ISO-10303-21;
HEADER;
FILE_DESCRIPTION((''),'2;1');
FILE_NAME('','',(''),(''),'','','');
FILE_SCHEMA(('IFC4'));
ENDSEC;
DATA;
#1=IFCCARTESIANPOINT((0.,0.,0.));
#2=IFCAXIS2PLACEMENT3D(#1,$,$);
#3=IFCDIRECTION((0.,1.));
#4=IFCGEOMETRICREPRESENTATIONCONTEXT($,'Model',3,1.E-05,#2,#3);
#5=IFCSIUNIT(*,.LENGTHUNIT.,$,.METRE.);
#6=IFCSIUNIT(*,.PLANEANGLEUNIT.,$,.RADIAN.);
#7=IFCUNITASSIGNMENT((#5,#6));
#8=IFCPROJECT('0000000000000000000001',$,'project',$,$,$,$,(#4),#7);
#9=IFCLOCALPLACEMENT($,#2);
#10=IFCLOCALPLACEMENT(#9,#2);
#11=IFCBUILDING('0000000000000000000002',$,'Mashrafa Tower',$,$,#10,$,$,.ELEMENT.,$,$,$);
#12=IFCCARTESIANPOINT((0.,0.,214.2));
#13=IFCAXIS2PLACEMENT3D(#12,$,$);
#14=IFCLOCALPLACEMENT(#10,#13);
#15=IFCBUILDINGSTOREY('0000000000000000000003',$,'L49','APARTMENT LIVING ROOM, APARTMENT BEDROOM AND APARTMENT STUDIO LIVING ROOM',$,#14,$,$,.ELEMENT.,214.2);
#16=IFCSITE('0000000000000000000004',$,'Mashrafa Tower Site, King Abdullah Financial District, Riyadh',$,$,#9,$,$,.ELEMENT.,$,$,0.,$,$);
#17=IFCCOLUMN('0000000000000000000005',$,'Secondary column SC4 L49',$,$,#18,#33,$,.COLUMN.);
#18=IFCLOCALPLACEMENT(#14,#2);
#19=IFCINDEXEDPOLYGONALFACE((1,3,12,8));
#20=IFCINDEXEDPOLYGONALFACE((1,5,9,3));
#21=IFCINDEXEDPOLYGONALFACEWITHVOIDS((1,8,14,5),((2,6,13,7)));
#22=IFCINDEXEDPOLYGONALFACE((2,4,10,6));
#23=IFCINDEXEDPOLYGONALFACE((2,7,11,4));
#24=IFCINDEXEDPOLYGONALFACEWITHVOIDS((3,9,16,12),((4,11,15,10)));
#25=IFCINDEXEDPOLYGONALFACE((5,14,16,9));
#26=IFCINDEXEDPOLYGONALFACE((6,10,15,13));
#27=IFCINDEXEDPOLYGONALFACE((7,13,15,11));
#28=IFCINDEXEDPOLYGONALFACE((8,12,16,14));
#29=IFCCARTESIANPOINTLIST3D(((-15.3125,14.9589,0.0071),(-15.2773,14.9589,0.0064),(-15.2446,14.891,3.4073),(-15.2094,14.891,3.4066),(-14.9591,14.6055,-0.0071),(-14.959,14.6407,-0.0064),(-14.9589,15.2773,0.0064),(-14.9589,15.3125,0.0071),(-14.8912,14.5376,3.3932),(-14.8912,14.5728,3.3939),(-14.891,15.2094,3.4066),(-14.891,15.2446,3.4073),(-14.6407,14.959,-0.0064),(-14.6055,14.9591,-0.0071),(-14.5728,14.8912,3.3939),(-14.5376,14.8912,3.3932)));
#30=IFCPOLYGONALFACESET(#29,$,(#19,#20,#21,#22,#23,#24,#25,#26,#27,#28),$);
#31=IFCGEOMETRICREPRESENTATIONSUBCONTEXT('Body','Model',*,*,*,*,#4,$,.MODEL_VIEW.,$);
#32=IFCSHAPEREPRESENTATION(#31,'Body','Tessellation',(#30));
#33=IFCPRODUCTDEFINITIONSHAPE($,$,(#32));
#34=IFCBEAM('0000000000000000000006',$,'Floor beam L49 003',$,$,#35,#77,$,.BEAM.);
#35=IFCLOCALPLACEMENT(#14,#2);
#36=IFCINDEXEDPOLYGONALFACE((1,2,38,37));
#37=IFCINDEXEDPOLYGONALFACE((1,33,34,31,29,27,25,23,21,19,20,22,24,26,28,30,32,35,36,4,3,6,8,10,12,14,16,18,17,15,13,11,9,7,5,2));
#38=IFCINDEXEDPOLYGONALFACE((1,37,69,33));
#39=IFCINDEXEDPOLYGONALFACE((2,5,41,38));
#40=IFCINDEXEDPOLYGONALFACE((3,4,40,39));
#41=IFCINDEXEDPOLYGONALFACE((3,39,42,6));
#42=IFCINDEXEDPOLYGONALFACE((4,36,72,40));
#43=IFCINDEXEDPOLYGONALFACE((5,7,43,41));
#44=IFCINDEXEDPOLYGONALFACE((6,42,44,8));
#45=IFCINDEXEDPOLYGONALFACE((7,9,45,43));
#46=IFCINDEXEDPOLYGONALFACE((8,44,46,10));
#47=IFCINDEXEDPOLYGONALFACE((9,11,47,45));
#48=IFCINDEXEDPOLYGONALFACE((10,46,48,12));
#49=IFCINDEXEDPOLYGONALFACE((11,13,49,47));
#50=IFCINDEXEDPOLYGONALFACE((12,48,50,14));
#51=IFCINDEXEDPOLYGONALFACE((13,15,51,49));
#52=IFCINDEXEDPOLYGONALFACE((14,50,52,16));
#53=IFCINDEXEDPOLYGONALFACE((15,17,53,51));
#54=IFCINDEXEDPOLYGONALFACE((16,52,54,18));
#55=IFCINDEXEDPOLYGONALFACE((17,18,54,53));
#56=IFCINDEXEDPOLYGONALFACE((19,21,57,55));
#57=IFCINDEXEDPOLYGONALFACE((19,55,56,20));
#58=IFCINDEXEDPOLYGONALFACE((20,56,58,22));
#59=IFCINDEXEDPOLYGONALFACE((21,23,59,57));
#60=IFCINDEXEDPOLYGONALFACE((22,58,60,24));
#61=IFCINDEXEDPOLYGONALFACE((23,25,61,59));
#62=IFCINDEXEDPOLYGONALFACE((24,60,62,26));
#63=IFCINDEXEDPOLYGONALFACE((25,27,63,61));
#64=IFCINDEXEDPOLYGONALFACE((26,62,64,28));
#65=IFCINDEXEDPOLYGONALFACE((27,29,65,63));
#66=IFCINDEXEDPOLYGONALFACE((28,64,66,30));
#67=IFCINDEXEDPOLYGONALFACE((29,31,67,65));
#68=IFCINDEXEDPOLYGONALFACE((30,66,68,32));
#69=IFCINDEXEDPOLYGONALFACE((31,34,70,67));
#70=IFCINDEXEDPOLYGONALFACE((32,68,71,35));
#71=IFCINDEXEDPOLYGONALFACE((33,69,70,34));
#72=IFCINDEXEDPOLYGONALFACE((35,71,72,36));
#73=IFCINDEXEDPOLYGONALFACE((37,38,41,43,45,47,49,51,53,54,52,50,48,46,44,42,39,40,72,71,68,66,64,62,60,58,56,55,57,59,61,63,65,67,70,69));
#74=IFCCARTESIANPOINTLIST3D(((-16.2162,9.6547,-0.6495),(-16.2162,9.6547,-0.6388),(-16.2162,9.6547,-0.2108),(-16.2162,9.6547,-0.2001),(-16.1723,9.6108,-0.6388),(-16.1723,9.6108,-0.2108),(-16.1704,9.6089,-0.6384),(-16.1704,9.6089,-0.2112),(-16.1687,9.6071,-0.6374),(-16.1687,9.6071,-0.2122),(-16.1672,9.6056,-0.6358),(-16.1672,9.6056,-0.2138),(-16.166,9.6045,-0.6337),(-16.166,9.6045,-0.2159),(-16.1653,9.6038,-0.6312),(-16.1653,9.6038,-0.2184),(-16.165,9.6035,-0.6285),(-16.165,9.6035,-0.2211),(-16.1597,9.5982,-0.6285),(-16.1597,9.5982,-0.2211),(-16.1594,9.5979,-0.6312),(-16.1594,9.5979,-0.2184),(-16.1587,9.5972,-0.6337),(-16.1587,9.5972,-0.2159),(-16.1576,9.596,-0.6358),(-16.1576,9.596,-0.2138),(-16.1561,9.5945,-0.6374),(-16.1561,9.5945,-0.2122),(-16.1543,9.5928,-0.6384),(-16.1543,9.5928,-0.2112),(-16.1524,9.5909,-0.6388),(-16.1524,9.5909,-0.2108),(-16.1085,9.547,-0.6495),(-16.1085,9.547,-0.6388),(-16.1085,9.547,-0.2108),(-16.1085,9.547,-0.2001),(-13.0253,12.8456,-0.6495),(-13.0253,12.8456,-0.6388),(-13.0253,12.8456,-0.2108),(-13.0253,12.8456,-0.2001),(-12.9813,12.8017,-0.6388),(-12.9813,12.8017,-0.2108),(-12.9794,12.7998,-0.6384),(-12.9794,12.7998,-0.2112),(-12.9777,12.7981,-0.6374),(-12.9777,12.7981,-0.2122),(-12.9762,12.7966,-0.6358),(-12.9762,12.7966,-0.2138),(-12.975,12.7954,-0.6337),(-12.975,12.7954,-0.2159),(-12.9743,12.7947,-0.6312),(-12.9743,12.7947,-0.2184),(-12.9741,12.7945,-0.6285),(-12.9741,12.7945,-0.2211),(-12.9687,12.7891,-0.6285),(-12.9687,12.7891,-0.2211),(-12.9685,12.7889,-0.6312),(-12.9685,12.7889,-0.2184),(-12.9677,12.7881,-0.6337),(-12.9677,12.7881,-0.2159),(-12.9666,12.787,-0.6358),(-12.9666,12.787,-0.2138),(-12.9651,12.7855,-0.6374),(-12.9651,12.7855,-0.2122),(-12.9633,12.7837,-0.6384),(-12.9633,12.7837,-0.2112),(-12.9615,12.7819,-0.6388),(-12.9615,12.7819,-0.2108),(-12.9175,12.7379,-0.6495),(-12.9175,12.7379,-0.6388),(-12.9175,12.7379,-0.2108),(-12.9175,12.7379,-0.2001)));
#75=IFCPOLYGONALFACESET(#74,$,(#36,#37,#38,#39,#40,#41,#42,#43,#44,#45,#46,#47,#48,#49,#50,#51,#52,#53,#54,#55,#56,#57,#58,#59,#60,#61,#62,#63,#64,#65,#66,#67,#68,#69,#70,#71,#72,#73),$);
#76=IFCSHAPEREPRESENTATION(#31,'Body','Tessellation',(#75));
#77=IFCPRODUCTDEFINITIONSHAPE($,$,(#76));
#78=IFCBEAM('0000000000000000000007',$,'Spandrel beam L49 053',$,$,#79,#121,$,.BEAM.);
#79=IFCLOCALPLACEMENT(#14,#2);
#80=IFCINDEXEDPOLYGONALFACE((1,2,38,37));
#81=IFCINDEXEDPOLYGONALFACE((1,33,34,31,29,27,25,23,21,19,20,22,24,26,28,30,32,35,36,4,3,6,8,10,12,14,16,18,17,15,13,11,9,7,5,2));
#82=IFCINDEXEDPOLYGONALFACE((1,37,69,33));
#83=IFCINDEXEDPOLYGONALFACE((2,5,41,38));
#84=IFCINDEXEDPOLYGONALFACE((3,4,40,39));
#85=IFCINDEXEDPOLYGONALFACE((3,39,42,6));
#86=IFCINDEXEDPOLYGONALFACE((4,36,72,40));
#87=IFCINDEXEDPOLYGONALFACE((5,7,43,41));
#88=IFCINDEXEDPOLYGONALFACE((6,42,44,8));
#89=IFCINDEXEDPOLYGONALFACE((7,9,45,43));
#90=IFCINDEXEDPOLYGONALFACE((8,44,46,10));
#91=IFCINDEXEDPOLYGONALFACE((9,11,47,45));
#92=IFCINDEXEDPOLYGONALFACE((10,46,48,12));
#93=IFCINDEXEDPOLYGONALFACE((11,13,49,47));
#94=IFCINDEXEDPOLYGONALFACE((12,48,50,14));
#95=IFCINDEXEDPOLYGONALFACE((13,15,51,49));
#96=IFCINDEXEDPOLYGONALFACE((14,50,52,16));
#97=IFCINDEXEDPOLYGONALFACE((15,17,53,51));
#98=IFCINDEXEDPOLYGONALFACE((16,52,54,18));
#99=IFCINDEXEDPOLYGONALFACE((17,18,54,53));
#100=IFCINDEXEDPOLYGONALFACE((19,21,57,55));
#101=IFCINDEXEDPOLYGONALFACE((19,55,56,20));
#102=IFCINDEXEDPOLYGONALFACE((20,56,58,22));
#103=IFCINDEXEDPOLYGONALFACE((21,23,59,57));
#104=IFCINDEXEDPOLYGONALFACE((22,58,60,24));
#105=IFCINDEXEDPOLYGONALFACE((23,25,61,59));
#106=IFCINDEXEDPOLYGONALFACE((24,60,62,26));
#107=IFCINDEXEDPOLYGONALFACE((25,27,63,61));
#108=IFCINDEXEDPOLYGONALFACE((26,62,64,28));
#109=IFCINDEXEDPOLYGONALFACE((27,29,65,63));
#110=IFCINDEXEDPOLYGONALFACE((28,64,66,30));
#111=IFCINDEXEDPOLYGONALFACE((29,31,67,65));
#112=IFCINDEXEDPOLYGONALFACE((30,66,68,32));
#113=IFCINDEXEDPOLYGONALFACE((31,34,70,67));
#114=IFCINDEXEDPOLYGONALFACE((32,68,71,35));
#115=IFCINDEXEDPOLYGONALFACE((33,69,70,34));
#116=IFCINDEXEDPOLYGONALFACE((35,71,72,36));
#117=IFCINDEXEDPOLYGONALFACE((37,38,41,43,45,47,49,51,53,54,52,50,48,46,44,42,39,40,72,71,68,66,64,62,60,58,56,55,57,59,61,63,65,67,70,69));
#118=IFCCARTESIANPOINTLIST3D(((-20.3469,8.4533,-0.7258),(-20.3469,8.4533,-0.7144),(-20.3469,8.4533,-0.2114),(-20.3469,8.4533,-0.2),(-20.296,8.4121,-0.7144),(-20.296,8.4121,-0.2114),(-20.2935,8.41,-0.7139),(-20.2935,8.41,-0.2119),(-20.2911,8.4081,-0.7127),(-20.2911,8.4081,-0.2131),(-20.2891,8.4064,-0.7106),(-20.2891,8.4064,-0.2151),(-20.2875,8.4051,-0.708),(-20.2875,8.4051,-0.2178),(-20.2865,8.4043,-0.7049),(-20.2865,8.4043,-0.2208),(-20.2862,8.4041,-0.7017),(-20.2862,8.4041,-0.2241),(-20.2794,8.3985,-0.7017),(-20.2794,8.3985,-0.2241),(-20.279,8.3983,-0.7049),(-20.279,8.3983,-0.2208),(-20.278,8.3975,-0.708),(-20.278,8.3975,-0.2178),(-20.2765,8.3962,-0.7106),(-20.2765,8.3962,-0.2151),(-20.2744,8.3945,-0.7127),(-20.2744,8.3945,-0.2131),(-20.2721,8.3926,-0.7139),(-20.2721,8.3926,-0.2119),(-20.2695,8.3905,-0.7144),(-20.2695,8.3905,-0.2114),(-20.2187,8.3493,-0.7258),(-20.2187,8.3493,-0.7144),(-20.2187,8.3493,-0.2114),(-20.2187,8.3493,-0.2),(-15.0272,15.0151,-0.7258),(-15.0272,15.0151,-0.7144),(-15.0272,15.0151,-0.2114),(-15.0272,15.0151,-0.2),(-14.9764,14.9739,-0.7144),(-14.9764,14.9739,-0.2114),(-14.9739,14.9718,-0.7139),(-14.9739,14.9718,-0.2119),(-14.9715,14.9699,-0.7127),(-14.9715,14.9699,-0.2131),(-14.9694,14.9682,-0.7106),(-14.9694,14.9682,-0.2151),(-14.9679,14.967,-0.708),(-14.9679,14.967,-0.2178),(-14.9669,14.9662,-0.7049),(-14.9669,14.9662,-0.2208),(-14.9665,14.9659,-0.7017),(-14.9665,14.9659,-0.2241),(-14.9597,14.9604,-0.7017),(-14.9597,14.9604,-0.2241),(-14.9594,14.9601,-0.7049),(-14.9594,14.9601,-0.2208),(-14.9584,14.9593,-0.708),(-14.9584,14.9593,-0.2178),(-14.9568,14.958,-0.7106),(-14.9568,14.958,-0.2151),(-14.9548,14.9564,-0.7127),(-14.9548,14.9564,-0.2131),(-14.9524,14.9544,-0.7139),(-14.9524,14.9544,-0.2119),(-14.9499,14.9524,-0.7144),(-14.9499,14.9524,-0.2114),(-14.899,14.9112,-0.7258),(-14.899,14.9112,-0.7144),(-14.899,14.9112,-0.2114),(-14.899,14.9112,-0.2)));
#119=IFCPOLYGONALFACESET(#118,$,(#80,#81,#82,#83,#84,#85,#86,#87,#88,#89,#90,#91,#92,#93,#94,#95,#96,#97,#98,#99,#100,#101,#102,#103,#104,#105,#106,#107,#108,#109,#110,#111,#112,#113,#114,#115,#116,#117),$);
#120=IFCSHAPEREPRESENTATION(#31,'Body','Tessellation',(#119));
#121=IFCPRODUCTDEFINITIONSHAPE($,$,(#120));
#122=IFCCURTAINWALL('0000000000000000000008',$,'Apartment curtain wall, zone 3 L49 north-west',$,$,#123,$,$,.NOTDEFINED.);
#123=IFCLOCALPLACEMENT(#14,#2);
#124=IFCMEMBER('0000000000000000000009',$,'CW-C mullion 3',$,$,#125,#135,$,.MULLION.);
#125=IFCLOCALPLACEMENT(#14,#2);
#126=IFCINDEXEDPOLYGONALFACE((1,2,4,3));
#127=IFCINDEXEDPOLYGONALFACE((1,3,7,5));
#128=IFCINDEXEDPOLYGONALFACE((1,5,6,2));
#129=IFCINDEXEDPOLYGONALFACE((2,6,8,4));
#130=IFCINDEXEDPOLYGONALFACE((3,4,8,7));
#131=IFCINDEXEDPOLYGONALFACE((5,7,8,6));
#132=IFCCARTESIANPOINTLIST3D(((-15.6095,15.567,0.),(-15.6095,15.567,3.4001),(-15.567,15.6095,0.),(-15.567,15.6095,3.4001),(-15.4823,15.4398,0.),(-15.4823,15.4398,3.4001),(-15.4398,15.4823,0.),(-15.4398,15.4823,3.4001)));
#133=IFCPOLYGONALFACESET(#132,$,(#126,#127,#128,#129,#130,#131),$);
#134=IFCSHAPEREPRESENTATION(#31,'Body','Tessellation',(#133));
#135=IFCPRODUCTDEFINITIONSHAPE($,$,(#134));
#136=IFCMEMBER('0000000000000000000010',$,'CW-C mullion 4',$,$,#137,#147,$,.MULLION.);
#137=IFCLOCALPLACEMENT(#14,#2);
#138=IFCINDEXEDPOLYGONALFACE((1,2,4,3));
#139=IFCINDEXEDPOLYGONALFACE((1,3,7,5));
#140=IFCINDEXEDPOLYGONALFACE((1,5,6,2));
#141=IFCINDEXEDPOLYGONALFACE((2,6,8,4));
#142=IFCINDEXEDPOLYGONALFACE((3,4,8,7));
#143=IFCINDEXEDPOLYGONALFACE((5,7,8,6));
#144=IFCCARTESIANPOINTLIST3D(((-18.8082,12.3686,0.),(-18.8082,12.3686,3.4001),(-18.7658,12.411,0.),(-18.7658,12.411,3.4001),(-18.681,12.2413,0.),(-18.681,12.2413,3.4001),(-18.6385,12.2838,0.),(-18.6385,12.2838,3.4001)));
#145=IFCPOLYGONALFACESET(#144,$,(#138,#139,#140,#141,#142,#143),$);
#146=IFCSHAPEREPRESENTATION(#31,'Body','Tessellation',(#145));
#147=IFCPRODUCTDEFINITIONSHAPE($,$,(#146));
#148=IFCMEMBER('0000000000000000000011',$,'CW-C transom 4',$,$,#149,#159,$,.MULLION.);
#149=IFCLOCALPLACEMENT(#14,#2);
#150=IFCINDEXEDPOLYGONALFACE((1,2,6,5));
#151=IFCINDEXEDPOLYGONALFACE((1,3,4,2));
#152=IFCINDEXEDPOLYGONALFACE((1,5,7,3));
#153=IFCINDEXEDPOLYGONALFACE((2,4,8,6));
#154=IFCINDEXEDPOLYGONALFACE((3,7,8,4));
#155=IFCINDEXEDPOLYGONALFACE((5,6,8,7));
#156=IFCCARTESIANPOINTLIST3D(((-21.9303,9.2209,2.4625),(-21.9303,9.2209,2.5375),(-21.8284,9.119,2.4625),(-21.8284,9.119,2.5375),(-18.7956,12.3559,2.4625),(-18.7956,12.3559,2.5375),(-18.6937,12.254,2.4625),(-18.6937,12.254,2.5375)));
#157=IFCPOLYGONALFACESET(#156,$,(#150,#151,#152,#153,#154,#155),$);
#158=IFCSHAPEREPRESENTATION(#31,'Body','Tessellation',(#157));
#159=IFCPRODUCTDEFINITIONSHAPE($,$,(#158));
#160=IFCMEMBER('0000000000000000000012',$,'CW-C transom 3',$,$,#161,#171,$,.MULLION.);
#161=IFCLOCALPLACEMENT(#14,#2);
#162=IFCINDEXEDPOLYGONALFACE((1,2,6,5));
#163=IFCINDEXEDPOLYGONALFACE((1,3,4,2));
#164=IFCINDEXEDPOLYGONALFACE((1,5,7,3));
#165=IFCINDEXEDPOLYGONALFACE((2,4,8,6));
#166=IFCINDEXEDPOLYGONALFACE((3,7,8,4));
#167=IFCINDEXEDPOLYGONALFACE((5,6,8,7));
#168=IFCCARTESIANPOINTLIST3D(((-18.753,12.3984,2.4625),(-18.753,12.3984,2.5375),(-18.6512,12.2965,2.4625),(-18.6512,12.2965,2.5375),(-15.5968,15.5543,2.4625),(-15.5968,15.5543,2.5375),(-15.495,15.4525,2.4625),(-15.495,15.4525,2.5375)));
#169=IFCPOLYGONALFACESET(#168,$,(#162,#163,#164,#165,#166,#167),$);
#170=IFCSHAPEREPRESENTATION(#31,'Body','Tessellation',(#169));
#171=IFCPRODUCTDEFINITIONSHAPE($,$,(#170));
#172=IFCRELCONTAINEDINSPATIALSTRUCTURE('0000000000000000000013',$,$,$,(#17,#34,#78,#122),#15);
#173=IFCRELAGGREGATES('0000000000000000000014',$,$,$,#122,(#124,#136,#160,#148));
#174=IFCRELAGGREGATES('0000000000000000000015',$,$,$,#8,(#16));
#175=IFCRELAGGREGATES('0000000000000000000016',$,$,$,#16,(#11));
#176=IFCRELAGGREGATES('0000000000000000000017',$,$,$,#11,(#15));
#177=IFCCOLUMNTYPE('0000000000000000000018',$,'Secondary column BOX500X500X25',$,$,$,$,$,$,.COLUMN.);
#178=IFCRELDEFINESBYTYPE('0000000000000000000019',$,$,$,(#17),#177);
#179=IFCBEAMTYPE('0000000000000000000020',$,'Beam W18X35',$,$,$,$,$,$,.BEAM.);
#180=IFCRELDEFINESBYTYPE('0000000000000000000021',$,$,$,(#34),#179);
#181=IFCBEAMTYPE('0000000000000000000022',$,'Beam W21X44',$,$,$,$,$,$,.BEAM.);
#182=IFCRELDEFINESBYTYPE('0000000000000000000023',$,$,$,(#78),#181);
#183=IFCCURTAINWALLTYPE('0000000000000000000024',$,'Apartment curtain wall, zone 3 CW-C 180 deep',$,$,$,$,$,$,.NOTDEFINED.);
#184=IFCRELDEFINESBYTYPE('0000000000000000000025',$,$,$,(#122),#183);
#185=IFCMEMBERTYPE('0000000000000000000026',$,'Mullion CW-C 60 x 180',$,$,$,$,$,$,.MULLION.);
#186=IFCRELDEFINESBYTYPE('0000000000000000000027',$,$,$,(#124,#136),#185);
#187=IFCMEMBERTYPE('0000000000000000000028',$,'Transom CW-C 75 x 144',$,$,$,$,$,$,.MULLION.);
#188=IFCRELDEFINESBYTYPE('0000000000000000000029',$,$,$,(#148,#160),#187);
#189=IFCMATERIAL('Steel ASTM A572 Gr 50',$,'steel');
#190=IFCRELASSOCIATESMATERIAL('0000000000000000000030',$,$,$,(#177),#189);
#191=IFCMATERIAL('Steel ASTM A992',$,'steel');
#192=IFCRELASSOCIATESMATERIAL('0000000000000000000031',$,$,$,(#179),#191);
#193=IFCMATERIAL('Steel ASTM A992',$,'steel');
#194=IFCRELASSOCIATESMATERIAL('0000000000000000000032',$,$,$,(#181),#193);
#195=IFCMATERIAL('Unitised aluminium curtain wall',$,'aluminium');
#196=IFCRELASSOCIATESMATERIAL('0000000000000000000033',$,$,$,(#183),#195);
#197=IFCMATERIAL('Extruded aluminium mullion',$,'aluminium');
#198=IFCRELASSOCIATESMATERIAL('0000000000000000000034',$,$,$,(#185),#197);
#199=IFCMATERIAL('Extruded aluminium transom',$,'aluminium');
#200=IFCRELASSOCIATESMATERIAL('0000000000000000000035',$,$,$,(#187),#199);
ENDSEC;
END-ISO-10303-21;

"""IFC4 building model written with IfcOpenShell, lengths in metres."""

from ifc_helpers import new_model, si_unit, direction, frame, origin, origin_2d, place, context, subcontext, project, spatial, rectangle, hollow_rectangle, i_section, extrude, source, transform, mapped, material, material_profile, profile_set, type_object, type_shapes, element, aggregate, save


model = new_model("IFC4")

# Units and contexts
model_context = context("Model", 3, precision=1e-05, world=origin(), true_north=direction((0.0, 1.0)))
body_context = subcontext(model_context, "Body", "Model", "MODEL_VIEW")
ifc_project = project(units=[si_unit("LENGTHUNIT", "METRE"), si_unit("PLANEANGLEUNIT", "RADIAN")], contexts=[model_context])

# Site, building, storey
site_placement = place(None, origin())
site = spatial("IfcSite", under=ifc_project, at=site_placement, Name="Mashrafa Tower Site, King Abdullah Financial District, Riyadh", CompositionType="ELEMENT", RefElevation=0.0)
building_placement = place(site_placement, origin())
building = spatial("IfcBuilding", under=site, at=building_placement, Name="Mashrafa Tower", CompositionType="ELEMENT")
storey_placement = place(building_placement, frame((0.0, 0.0, 214.2)))
storey = spatial("IfcBuildingStorey", under=building, at=storey_placement, Name="L49", Description="APARTMENT LIVING ROOM, APARTMENT BEDROOM AND APARTMENT STUDIO LIVING ROOM", CompositionType="ELEMENT", Elevation=214.2)

# Column
ifc_material_1 = material(Name="Steel ASTM A572 Gr 50", Category="steel")
ifc_material_profile_1 = material_profile(ifc_material_1, hollow_rectangle(XDim=0.5, YDim=0.5, WallThickness=0.0249, at=origin_2d()), Name="BOX500X500X25")
ifc_profile_set_1 = profile_set([ifc_material_profile_1], Name="Steel ASTM A572 Gr 50")
column_type = type_object("IfcColumnType", Name="Secondary column BOX500X500X25", PredefinedType="COLUMN", material=ifc_profile_set_1)
column_placement = place(storey_placement, frame((-14.959, 14.959, 0.0), z_axis=(0.019953, -0.019953, 0.999602), x_axis=(0.707107, 0.707107, 0.0)))
element("IfcColumn", 1, at=column_placement, inside=storey, type_object=column_type, Name="Secondary column SC4 L49", PredefinedType="COLUMN", context=body_context, shape_type="SweptSolid", body=[
    extrude(hollow_rectangle(XDim=0.5, YDim=0.5, WallThickness=0.0249, at=origin_2d()), origin(), (0.0, 0.0, 1.0), 3.4016),
])

# Beams
ifc_material_2 = material(Name="Steel ASTM A992", Category="steel")
ifc_material_profile_2 = material_profile(ifc_material_2, i_section(OverallWidth=0.1523, OverallDepth=0.4495, WebThickness=0.0076, FlangeThickness=0.0107, FilletRadius=0.0103, at=origin_2d()), Name="W18X35")
ifc_profile_set_2 = profile_set([ifc_material_profile_2], Name="Steel ASTM A992")
beam_type_1 = type_object("IfcBeamType", Name="Beam W18X35", PredefinedType="BEAM", material=ifc_profile_set_2)
beam_1_placement = place(storey_placement, frame((-16.1624, 9.6008, -0.4248), z_axis=(0.707107, 0.707107, 0.0), x_axis=(-0.707107, 0.707107, 0.0)))
element("IfcBeam", 2, at=beam_1_placement, inside=storey, type_object=beam_type_1, Name="Floor beam L49 003", PredefinedType="BEAM", context=body_context, shape_type="SweptSolid", body=[
    extrude(i_section(OverallWidth=0.1523, OverallDepth=0.4495, WebThickness=0.0076, FlangeThickness=0.0107, FilletRadius=0.0103, at=origin_2d()), origin(), (0.0, 0.0, 1.0), 4.5127),
])
ifc_material_3 = material(Name="Steel ASTM A992", Category="steel")
ifc_material_profile_3 = material_profile(ifc_material_3, i_section(OverallWidth=0.165, OverallDepth=0.5259, WebThickness=0.0088, FlangeThickness=0.0115, FilletRadius=0.0127, at=origin_2d()), Name="W21X44")
ifc_profile_set_3 = profile_set([ifc_material_profile_3], Name="Steel ASTM A992")
beam_type_2 = type_object("IfcBeamType", Name="Beam W21X44", PredefinedType="BEAM", material=ifc_profile_set_3)
beam_2_placement = place(storey_placement, frame((-14.9631, 14.9631, -0.4629), z_axis=(-0.629747, -0.7768, 0.0), x_axis=(0.7768, -0.629747, 0.0)))
element("IfcBeam", 3, at=beam_2_placement, inside=storey, type_object=beam_type_2, Name="Spandrel beam L49 053", PredefinedType="BEAM", context=body_context, shape_type="SweptSolid", body=[
    extrude(i_section(OverallWidth=0.165, OverallDepth=0.5259, WebThickness=0.0088, FlangeThickness=0.0115, FilletRadius=0.0127, at=origin_2d()), origin(), (0.0, 0.0, 1.0), 8.4473),
])

# Curtain wall, members
ifc_material_4 = material(Name="Unitised aluminium curtain wall", Category="aluminium")
curtain_wall_type = type_object("IfcCurtainWallType", Name="Apartment curtain wall, zone 3 CW-C 180 deep", PredefinedType="NOTDEFINED", material=ifc_material_4)
curtain_wall_placement = place(storey_placement, origin())
curtain_wall = element("IfcCurtainWall", 4, at=curtain_wall_placement, inside=storey, type_object=curtain_wall_type, Name="Apartment curtain wall, zone 3 L49 north-west", PredefinedType="NOTDEFINED")
ifc_material_5 = material(Name="Extruded aluminium mullion", Category="aluminium")
ifc_material_profile_4 = material_profile(ifc_material_5, rectangle(XDim=0.1799, YDim=0.0601, at=origin_2d()), Name="Mullion 60x180")
ifc_profile_set_4 = profile_set([ifc_material_profile_4], Name="Extruded aluminium mullion")
member_type_1 = type_object("IfcMemberType", Name="Mullion CW-C 60 x 180", PredefinedType="MULLION", material=ifc_profile_set_4)
shared_shape_1 = source(origin(), body_context, "Body", "SweptSolid", [
    extrude(rectangle(XDim=0.1799, YDim=0.0601, at=origin_2d()), origin(), (0.0, 0.0, 1.0), 3.4001),
])
type_shapes(member_type_1, [shared_shape_1])
member_1_placement = place(storey_placement, frame((-15.5247, 15.5247, 0.0), z_axis=(0.0, 0.0, 1.0), x_axis=(0.707107, -0.707107, 0.0)))
member_1 = element("IfcMember", 5, at=member_1_placement, type_object=member_type_1, Name="CW-C mullion 3", PredefinedType="MULLION", context=body_context, shape_type="MappedRepresentation", body=[
    mapped(shared_shape_1, transform((0.0, 0.0, 0.0))),
])
member_2_placement = place(storey_placement, frame((-18.7234, 12.3262, 0.0), z_axis=(0.0, 0.0, 1.0), x_axis=(0.707107, -0.707107, 0.0)))
member_2 = element("IfcMember", 6, at=member_2_placement, type_object=member_type_1, Name="CW-C mullion 4", PredefinedType="MULLION", context=body_context, shape_type="MappedRepresentation", body=[
    mapped(shared_shape_1, transform((0.0, 0.0, 0.0))),
])
ifc_material_6 = material(Name="Extruded aluminium transom", Category="aluminium")
ifc_material_profile_5 = material_profile(ifc_material_6, rectangle(XDim=0.144, YDim=0.075, at=origin_2d()), Name="Transom 75x144")
ifc_profile_set_5 = profile_set([ifc_material_profile_5], Name="Extruded aluminium transom")
member_type_2 = type_object("IfcMemberType", Name="Transom CW-C 75 x 144", PredefinedType="MULLION", material=ifc_profile_set_5)
shared_shape_2 = source(origin(), body_context, "Body", "SweptSolid", [
    extrude(rectangle(XDim=0.144, YDim=0.075, at=origin_2d()), origin(), (0.0, 0.0, 1.0), 4.4333),
])
member_3_placement = place(storey_placement, frame((-18.7446, 12.3049, 2.5), z_axis=(-0.707079, -0.707134, 0.0), x_axis=(0.707134, -0.707079, 0.0)))
member_3 = element("IfcMember", 7, at=member_3_placement, type_object=member_type_2, Name="CW-C transom 4", PredefinedType="MULLION", context=body_context, shape_type="MappedRepresentation", body=[
    mapped(shared_shape_2, transform((0.0, 0.0, 0.0))),
])
shared_shape_3 = source(origin(), body_context, "Body", "SweptSolid", [
    extrude(rectangle(XDim=0.144, YDim=0.075, at=origin_2d()), origin(), (0.0, 0.0, 1.0), 4.4634),
])
type_shapes(member_type_2, [shared_shape_2, shared_shape_3])
member_4_placement = place(storey_placement, frame((-15.5459, 15.5034, 2.5), z_axis=(-0.707134, -0.707079, 0.0), x_axis=(0.707079, -0.707134, 0.0)))
member_4 = element("IfcMember", 8, at=member_4_placement, type_object=member_type_2, Name="CW-C transom 3", PredefinedType="MULLION", context=body_context, shape_type="MappedRepresentation", body=[
    mapped(shared_shape_3, transform((0.0, 0.0, 0.0))),
])
aggregate(curtain_wall, [member_1, member_2, member_4, member_3])

save(model, "model.ifc")
